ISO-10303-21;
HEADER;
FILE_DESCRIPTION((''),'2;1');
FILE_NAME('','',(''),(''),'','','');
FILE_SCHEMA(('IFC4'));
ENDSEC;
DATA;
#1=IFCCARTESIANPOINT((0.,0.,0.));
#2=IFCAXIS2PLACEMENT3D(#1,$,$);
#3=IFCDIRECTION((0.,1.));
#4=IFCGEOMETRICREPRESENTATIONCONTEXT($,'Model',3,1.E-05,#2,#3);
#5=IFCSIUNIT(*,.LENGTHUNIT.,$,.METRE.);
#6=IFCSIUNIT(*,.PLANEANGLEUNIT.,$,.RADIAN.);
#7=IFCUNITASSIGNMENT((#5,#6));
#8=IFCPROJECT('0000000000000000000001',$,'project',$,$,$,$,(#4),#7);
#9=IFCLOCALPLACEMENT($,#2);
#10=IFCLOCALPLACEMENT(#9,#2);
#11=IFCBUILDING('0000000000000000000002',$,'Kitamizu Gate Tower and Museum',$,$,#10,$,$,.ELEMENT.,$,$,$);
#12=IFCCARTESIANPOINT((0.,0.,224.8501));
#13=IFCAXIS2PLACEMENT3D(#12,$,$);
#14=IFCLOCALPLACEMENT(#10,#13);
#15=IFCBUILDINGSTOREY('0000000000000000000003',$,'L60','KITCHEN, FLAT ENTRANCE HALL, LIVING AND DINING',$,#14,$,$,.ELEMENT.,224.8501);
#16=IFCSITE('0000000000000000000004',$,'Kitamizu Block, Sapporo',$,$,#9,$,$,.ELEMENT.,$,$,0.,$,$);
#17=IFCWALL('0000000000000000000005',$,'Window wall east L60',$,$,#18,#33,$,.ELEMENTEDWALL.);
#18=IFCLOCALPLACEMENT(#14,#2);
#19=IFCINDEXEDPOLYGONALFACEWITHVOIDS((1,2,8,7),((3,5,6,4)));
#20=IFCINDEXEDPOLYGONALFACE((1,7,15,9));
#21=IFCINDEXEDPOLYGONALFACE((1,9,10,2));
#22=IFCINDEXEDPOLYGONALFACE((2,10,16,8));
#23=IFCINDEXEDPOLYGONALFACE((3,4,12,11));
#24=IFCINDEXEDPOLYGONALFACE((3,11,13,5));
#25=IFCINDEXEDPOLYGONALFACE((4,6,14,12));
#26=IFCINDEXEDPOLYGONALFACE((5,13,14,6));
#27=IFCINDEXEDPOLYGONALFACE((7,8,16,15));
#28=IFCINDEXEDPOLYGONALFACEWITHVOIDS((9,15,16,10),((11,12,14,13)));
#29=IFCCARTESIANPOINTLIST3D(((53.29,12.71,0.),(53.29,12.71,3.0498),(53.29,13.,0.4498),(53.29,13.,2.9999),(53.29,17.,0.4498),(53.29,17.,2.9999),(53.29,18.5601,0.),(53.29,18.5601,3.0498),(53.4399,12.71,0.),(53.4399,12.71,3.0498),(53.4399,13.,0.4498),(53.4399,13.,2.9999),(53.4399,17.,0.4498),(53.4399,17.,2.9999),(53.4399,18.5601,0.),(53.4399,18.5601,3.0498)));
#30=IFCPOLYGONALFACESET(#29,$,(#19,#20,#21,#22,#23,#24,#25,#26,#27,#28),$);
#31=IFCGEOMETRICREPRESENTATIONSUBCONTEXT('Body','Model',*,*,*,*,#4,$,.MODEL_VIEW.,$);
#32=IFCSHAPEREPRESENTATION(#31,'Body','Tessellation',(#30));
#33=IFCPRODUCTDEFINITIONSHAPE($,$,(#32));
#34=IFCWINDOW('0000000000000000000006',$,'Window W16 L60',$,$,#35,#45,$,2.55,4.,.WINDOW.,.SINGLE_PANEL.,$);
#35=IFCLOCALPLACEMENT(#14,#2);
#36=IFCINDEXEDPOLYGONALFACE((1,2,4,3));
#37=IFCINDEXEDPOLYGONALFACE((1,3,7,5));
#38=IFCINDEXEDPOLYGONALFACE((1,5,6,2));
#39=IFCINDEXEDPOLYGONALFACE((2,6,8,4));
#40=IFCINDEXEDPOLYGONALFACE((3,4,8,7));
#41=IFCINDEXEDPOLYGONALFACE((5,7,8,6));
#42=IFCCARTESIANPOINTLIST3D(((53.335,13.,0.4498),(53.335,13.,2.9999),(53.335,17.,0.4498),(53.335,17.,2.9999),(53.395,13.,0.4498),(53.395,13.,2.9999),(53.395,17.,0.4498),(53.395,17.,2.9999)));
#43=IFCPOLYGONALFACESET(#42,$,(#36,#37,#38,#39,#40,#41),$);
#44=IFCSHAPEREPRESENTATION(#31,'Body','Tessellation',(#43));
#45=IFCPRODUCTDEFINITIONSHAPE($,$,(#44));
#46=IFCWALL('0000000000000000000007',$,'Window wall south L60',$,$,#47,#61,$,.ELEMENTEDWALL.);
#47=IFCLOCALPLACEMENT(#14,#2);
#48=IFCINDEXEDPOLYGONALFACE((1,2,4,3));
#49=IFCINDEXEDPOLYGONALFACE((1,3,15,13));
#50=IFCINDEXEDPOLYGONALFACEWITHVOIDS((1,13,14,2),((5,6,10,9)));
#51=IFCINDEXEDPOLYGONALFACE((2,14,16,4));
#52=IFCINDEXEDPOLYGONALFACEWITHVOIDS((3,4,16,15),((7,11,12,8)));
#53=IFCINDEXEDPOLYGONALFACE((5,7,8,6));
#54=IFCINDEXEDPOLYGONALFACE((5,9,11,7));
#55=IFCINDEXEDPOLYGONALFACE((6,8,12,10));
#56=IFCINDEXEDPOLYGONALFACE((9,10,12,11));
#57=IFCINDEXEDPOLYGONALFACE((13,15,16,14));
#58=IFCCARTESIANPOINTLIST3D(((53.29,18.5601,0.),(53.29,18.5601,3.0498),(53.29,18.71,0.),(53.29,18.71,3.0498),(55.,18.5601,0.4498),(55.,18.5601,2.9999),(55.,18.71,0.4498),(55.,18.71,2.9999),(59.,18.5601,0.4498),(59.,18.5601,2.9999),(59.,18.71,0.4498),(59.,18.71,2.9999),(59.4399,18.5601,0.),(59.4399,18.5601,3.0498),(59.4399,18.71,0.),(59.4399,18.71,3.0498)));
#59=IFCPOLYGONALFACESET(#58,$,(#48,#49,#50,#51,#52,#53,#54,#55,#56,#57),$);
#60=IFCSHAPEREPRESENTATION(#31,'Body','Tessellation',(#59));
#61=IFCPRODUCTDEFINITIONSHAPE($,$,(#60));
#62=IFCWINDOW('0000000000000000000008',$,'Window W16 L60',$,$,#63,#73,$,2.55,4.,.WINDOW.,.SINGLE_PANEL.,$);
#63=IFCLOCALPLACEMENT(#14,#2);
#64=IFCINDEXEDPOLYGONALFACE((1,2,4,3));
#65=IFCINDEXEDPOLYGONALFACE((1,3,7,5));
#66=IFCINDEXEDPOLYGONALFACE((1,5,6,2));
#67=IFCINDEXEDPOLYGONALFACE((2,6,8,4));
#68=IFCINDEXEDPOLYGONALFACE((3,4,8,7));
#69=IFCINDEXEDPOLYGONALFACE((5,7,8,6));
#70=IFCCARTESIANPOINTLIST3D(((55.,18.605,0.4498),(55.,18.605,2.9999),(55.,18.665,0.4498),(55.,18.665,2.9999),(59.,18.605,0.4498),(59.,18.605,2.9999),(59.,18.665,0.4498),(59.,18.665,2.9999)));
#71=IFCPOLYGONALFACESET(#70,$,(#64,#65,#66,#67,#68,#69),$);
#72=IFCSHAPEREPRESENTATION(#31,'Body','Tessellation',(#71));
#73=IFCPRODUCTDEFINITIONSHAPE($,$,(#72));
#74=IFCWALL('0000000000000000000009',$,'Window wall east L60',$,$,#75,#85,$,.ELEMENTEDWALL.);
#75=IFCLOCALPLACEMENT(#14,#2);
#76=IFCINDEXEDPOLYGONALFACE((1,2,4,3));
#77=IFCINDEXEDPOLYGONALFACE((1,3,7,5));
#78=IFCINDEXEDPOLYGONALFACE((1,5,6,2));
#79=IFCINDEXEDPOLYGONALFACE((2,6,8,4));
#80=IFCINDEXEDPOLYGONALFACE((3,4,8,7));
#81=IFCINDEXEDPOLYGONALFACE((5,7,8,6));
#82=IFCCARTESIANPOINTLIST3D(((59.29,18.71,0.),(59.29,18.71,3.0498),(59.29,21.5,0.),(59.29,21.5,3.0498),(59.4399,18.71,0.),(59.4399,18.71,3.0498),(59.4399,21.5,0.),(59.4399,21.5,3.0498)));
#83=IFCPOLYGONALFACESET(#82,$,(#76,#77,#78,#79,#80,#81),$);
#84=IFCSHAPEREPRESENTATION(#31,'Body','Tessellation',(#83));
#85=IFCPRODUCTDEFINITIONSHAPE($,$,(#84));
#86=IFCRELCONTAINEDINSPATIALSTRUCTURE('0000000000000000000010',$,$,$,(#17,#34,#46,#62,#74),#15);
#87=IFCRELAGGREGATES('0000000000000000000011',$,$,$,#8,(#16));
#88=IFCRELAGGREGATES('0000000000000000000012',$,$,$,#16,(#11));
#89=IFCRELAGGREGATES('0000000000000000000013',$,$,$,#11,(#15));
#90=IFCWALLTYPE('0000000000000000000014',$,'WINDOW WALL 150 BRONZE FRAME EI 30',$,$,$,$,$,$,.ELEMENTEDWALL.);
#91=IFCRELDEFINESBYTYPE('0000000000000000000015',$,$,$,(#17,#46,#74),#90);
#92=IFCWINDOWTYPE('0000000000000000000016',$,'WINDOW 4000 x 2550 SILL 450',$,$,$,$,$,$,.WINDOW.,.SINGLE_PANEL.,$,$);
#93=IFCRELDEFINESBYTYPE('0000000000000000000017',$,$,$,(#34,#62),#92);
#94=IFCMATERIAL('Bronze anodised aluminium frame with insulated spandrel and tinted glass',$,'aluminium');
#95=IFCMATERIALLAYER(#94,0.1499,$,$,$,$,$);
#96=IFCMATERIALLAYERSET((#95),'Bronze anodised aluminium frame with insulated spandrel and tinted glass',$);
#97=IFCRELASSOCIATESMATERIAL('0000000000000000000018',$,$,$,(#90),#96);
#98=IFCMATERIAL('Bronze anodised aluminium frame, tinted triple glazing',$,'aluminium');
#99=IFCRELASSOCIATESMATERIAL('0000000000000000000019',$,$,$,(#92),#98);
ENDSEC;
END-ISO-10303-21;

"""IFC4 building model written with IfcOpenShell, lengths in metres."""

from ifc_helpers import new_model, si_unit, direction, frame, frame_2d, origin, place, context, subcontext, project, spatial, rectangle, extrude, material, layer, layer_set, type_object, element, fill, save


model = new_model("IFC4")

# Units and contexts
model_context = context("Model", 3, precision=1e-05, world=origin(), true_north=direction((0.0, 1.0)))
body_context = subcontext(model_context, "Body", "Model", "MODEL_VIEW")
ifc_project = project(units=[si_unit("LENGTHUNIT", "METRE"), si_unit("PLANEANGLEUNIT", "RADIAN")], contexts=[model_context])

# Site, building, storey
site_placement = place(None, origin())
site = spatial("IfcSite", under=ifc_project, at=site_placement, Name="Kitamizu Block, Sapporo", CompositionType="ELEMENT", RefElevation=0.0)
building_placement = place(site_placement, origin())
building = spatial("IfcBuilding", under=site, at=building_placement, Name="Kitamizu Gate Tower and Museum", CompositionType="ELEMENT")
storey_placement = place(building_placement, frame((0.0, 0.0, 224.8501)))
storey = spatial("IfcBuildingStorey", under=building, at=storey_placement, Name="L60", Description="KITCHEN, FLAT ENTRANCE HALL, LIVING AND DINING", CompositionType="ELEMENT", Elevation=224.8501)

# Walls, openings, windows
ifc_material_1 = material(Name="Bronze anodised aluminium frame with insulated spandrel and tinted glass", Category="aluminium")
ifc_layer_1 = layer(ifc_material_1, 0.1499)
ifc_layer_set_1 = layer_set([ifc_layer_1], Name="Bronze anodised aluminium frame with insulated spandrel and tinted glass")
wall_type_1 = type_object("IfcWallType", Name="WINDOW WALL 150 BRONZE FRAME EI 30", PredefinedType="ELEMENTEDWALL", material=ifc_layer_set_1)
wall_1_placement = place(storey_placement, frame((53.365, 12.71, 0.0), z_axis=(0.0, 0.0, 1.0), x_axis=(0.0, 1.0, 0.0)))
wall_1 = element("IfcWall", 1, at=wall_1_placement, inside=storey, type_object=wall_type_1, Name="Window wall east L60", PredefinedType="ELEMENTEDWALL", context=body_context, shape_type="SweptSolid", body=[
    extrude(rectangle(XDim=5.8501, YDim=0.1499, at=frame_2d((2.925, 0.0))), origin(), (0.0, 0.0, 1.0), 3.0498),
])
opening_1_placement = place(wall_1_placement, frame((0.29, 0.0, 0.45)))
opening_1 = element("IfcOpeningElement", 2, at=opening_1_placement, cuts=wall_1, PredefinedType="OPENING", context=body_context, shape_type="SweptSolid", body=[
    extrude(rectangle(XDim=4.0, YDim=2.55, at=frame_2d((2.0, 1.2749))), frame((0.0, 0.085, 0.0), z_axis=(0.0, -1.0, 0.0), x_axis=(1.0, 0.0, 0.0)), (0.0, 0.0, 1.0), 0.1699),
])
ifc_material_2 = material(Name="Bronze anodised aluminium frame, tinted triple glazing", Category="aluminium")
window_type = type_object("IfcWindowType", Name="WINDOW 4000 x 2550 SILL 450", PartitioningType="SINGLE_PANEL", PredefinedType="WINDOW", material=ifc_material_2)
window_1_placement = place(opening_1_placement, origin())
window_1 = element("IfcWindow", 3, at=window_1_placement, inside=storey, type_object=window_type, Name="Window W16 L60", OverallHeight=2.55, OverallWidth=4.0, PartitioningType="SINGLE_PANEL", PredefinedType="WINDOW", context=body_context, shape_type="SweptSolid", body=[
    extrude(rectangle(XDim=4.0, YDim=2.55, at=frame_2d((2.0, 1.2749))), frame((0.0, 0.03, 0.0), z_axis=(0.0, -1.0, 0.0), x_axis=(1.0, 0.0, 0.0)), (0.0, 0.0, 1.0), 0.0601),
])
fill(opening_1, window_1)
wall_2_placement = place(storey_placement, frame((53.29, 18.635, 0.0), z_axis=(0.0, 0.0, 1.0), x_axis=(1.0, 0.0, 0.0)))
wall_2 = element("IfcWall", 4, at=wall_2_placement, inside=storey, type_object=wall_type_1, Name="Window wall south L60", PredefinedType="ELEMENTEDWALL", context=body_context, shape_type="SweptSolid", body=[
    extrude(rectangle(XDim=6.1499, YDim=0.1499, at=frame_2d((3.075, 0.0))), origin(), (0.0, 0.0, 1.0), 3.0498),
])
opening_2_placement = place(wall_2_placement, frame((1.71, 0.0, 0.45)))
opening_2 = element("IfcOpeningElement", 5, at=opening_2_placement, cuts=wall_2, PredefinedType="OPENING", context=body_context, shape_type="SweptSolid", body=[
    extrude(rectangle(XDim=4.0, YDim=2.55, at=frame_2d((2.0, 1.2749))), frame((0.0, 0.085, 0.0), z_axis=(0.0, -1.0, 0.0), x_axis=(1.0, 0.0, 0.0)), (0.0, 0.0, 1.0), 0.1699),
])
window_2_placement = place(opening_2_placement, origin())
window_2 = element("IfcWindow", 6, at=window_2_placement, inside=storey, type_object=window_type, Name="Window W16 L60", OverallHeight=2.55, OverallWidth=4.0, PartitioningType="SINGLE_PANEL", PredefinedType="WINDOW", context=body_context, shape_type="SweptSolid", body=[
    extrude(rectangle(XDim=4.0, YDim=2.55, at=frame_2d((2.0, 1.2749))), frame((0.0, 0.03, 0.0), z_axis=(0.0, -1.0, 0.0), x_axis=(1.0, 0.0, 0.0)), (0.0, 0.0, 1.0), 0.0601),
])
fill(opening_2, window_2)

# Wall
wall_3_placement = place(storey_placement, frame((59.365, 18.71, 0.0), z_axis=(0.0, 0.0, 1.0), x_axis=(0.0, 1.0, 0.0)))
element("IfcWall", 7, at=wall_3_placement, inside=storey, type_object=wall_type_1, Name="Window wall east L60", PredefinedType="ELEMENTEDWALL", context=body_context, shape_type="SweptSolid", body=[
    extrude(rectangle(XDim=2.79, YDim=0.1499, at=frame_2d((1.395, 0.0))), origin(), (0.0, 0.0, 1.0), 3.0498),
])

save(model, "model.ifc")
